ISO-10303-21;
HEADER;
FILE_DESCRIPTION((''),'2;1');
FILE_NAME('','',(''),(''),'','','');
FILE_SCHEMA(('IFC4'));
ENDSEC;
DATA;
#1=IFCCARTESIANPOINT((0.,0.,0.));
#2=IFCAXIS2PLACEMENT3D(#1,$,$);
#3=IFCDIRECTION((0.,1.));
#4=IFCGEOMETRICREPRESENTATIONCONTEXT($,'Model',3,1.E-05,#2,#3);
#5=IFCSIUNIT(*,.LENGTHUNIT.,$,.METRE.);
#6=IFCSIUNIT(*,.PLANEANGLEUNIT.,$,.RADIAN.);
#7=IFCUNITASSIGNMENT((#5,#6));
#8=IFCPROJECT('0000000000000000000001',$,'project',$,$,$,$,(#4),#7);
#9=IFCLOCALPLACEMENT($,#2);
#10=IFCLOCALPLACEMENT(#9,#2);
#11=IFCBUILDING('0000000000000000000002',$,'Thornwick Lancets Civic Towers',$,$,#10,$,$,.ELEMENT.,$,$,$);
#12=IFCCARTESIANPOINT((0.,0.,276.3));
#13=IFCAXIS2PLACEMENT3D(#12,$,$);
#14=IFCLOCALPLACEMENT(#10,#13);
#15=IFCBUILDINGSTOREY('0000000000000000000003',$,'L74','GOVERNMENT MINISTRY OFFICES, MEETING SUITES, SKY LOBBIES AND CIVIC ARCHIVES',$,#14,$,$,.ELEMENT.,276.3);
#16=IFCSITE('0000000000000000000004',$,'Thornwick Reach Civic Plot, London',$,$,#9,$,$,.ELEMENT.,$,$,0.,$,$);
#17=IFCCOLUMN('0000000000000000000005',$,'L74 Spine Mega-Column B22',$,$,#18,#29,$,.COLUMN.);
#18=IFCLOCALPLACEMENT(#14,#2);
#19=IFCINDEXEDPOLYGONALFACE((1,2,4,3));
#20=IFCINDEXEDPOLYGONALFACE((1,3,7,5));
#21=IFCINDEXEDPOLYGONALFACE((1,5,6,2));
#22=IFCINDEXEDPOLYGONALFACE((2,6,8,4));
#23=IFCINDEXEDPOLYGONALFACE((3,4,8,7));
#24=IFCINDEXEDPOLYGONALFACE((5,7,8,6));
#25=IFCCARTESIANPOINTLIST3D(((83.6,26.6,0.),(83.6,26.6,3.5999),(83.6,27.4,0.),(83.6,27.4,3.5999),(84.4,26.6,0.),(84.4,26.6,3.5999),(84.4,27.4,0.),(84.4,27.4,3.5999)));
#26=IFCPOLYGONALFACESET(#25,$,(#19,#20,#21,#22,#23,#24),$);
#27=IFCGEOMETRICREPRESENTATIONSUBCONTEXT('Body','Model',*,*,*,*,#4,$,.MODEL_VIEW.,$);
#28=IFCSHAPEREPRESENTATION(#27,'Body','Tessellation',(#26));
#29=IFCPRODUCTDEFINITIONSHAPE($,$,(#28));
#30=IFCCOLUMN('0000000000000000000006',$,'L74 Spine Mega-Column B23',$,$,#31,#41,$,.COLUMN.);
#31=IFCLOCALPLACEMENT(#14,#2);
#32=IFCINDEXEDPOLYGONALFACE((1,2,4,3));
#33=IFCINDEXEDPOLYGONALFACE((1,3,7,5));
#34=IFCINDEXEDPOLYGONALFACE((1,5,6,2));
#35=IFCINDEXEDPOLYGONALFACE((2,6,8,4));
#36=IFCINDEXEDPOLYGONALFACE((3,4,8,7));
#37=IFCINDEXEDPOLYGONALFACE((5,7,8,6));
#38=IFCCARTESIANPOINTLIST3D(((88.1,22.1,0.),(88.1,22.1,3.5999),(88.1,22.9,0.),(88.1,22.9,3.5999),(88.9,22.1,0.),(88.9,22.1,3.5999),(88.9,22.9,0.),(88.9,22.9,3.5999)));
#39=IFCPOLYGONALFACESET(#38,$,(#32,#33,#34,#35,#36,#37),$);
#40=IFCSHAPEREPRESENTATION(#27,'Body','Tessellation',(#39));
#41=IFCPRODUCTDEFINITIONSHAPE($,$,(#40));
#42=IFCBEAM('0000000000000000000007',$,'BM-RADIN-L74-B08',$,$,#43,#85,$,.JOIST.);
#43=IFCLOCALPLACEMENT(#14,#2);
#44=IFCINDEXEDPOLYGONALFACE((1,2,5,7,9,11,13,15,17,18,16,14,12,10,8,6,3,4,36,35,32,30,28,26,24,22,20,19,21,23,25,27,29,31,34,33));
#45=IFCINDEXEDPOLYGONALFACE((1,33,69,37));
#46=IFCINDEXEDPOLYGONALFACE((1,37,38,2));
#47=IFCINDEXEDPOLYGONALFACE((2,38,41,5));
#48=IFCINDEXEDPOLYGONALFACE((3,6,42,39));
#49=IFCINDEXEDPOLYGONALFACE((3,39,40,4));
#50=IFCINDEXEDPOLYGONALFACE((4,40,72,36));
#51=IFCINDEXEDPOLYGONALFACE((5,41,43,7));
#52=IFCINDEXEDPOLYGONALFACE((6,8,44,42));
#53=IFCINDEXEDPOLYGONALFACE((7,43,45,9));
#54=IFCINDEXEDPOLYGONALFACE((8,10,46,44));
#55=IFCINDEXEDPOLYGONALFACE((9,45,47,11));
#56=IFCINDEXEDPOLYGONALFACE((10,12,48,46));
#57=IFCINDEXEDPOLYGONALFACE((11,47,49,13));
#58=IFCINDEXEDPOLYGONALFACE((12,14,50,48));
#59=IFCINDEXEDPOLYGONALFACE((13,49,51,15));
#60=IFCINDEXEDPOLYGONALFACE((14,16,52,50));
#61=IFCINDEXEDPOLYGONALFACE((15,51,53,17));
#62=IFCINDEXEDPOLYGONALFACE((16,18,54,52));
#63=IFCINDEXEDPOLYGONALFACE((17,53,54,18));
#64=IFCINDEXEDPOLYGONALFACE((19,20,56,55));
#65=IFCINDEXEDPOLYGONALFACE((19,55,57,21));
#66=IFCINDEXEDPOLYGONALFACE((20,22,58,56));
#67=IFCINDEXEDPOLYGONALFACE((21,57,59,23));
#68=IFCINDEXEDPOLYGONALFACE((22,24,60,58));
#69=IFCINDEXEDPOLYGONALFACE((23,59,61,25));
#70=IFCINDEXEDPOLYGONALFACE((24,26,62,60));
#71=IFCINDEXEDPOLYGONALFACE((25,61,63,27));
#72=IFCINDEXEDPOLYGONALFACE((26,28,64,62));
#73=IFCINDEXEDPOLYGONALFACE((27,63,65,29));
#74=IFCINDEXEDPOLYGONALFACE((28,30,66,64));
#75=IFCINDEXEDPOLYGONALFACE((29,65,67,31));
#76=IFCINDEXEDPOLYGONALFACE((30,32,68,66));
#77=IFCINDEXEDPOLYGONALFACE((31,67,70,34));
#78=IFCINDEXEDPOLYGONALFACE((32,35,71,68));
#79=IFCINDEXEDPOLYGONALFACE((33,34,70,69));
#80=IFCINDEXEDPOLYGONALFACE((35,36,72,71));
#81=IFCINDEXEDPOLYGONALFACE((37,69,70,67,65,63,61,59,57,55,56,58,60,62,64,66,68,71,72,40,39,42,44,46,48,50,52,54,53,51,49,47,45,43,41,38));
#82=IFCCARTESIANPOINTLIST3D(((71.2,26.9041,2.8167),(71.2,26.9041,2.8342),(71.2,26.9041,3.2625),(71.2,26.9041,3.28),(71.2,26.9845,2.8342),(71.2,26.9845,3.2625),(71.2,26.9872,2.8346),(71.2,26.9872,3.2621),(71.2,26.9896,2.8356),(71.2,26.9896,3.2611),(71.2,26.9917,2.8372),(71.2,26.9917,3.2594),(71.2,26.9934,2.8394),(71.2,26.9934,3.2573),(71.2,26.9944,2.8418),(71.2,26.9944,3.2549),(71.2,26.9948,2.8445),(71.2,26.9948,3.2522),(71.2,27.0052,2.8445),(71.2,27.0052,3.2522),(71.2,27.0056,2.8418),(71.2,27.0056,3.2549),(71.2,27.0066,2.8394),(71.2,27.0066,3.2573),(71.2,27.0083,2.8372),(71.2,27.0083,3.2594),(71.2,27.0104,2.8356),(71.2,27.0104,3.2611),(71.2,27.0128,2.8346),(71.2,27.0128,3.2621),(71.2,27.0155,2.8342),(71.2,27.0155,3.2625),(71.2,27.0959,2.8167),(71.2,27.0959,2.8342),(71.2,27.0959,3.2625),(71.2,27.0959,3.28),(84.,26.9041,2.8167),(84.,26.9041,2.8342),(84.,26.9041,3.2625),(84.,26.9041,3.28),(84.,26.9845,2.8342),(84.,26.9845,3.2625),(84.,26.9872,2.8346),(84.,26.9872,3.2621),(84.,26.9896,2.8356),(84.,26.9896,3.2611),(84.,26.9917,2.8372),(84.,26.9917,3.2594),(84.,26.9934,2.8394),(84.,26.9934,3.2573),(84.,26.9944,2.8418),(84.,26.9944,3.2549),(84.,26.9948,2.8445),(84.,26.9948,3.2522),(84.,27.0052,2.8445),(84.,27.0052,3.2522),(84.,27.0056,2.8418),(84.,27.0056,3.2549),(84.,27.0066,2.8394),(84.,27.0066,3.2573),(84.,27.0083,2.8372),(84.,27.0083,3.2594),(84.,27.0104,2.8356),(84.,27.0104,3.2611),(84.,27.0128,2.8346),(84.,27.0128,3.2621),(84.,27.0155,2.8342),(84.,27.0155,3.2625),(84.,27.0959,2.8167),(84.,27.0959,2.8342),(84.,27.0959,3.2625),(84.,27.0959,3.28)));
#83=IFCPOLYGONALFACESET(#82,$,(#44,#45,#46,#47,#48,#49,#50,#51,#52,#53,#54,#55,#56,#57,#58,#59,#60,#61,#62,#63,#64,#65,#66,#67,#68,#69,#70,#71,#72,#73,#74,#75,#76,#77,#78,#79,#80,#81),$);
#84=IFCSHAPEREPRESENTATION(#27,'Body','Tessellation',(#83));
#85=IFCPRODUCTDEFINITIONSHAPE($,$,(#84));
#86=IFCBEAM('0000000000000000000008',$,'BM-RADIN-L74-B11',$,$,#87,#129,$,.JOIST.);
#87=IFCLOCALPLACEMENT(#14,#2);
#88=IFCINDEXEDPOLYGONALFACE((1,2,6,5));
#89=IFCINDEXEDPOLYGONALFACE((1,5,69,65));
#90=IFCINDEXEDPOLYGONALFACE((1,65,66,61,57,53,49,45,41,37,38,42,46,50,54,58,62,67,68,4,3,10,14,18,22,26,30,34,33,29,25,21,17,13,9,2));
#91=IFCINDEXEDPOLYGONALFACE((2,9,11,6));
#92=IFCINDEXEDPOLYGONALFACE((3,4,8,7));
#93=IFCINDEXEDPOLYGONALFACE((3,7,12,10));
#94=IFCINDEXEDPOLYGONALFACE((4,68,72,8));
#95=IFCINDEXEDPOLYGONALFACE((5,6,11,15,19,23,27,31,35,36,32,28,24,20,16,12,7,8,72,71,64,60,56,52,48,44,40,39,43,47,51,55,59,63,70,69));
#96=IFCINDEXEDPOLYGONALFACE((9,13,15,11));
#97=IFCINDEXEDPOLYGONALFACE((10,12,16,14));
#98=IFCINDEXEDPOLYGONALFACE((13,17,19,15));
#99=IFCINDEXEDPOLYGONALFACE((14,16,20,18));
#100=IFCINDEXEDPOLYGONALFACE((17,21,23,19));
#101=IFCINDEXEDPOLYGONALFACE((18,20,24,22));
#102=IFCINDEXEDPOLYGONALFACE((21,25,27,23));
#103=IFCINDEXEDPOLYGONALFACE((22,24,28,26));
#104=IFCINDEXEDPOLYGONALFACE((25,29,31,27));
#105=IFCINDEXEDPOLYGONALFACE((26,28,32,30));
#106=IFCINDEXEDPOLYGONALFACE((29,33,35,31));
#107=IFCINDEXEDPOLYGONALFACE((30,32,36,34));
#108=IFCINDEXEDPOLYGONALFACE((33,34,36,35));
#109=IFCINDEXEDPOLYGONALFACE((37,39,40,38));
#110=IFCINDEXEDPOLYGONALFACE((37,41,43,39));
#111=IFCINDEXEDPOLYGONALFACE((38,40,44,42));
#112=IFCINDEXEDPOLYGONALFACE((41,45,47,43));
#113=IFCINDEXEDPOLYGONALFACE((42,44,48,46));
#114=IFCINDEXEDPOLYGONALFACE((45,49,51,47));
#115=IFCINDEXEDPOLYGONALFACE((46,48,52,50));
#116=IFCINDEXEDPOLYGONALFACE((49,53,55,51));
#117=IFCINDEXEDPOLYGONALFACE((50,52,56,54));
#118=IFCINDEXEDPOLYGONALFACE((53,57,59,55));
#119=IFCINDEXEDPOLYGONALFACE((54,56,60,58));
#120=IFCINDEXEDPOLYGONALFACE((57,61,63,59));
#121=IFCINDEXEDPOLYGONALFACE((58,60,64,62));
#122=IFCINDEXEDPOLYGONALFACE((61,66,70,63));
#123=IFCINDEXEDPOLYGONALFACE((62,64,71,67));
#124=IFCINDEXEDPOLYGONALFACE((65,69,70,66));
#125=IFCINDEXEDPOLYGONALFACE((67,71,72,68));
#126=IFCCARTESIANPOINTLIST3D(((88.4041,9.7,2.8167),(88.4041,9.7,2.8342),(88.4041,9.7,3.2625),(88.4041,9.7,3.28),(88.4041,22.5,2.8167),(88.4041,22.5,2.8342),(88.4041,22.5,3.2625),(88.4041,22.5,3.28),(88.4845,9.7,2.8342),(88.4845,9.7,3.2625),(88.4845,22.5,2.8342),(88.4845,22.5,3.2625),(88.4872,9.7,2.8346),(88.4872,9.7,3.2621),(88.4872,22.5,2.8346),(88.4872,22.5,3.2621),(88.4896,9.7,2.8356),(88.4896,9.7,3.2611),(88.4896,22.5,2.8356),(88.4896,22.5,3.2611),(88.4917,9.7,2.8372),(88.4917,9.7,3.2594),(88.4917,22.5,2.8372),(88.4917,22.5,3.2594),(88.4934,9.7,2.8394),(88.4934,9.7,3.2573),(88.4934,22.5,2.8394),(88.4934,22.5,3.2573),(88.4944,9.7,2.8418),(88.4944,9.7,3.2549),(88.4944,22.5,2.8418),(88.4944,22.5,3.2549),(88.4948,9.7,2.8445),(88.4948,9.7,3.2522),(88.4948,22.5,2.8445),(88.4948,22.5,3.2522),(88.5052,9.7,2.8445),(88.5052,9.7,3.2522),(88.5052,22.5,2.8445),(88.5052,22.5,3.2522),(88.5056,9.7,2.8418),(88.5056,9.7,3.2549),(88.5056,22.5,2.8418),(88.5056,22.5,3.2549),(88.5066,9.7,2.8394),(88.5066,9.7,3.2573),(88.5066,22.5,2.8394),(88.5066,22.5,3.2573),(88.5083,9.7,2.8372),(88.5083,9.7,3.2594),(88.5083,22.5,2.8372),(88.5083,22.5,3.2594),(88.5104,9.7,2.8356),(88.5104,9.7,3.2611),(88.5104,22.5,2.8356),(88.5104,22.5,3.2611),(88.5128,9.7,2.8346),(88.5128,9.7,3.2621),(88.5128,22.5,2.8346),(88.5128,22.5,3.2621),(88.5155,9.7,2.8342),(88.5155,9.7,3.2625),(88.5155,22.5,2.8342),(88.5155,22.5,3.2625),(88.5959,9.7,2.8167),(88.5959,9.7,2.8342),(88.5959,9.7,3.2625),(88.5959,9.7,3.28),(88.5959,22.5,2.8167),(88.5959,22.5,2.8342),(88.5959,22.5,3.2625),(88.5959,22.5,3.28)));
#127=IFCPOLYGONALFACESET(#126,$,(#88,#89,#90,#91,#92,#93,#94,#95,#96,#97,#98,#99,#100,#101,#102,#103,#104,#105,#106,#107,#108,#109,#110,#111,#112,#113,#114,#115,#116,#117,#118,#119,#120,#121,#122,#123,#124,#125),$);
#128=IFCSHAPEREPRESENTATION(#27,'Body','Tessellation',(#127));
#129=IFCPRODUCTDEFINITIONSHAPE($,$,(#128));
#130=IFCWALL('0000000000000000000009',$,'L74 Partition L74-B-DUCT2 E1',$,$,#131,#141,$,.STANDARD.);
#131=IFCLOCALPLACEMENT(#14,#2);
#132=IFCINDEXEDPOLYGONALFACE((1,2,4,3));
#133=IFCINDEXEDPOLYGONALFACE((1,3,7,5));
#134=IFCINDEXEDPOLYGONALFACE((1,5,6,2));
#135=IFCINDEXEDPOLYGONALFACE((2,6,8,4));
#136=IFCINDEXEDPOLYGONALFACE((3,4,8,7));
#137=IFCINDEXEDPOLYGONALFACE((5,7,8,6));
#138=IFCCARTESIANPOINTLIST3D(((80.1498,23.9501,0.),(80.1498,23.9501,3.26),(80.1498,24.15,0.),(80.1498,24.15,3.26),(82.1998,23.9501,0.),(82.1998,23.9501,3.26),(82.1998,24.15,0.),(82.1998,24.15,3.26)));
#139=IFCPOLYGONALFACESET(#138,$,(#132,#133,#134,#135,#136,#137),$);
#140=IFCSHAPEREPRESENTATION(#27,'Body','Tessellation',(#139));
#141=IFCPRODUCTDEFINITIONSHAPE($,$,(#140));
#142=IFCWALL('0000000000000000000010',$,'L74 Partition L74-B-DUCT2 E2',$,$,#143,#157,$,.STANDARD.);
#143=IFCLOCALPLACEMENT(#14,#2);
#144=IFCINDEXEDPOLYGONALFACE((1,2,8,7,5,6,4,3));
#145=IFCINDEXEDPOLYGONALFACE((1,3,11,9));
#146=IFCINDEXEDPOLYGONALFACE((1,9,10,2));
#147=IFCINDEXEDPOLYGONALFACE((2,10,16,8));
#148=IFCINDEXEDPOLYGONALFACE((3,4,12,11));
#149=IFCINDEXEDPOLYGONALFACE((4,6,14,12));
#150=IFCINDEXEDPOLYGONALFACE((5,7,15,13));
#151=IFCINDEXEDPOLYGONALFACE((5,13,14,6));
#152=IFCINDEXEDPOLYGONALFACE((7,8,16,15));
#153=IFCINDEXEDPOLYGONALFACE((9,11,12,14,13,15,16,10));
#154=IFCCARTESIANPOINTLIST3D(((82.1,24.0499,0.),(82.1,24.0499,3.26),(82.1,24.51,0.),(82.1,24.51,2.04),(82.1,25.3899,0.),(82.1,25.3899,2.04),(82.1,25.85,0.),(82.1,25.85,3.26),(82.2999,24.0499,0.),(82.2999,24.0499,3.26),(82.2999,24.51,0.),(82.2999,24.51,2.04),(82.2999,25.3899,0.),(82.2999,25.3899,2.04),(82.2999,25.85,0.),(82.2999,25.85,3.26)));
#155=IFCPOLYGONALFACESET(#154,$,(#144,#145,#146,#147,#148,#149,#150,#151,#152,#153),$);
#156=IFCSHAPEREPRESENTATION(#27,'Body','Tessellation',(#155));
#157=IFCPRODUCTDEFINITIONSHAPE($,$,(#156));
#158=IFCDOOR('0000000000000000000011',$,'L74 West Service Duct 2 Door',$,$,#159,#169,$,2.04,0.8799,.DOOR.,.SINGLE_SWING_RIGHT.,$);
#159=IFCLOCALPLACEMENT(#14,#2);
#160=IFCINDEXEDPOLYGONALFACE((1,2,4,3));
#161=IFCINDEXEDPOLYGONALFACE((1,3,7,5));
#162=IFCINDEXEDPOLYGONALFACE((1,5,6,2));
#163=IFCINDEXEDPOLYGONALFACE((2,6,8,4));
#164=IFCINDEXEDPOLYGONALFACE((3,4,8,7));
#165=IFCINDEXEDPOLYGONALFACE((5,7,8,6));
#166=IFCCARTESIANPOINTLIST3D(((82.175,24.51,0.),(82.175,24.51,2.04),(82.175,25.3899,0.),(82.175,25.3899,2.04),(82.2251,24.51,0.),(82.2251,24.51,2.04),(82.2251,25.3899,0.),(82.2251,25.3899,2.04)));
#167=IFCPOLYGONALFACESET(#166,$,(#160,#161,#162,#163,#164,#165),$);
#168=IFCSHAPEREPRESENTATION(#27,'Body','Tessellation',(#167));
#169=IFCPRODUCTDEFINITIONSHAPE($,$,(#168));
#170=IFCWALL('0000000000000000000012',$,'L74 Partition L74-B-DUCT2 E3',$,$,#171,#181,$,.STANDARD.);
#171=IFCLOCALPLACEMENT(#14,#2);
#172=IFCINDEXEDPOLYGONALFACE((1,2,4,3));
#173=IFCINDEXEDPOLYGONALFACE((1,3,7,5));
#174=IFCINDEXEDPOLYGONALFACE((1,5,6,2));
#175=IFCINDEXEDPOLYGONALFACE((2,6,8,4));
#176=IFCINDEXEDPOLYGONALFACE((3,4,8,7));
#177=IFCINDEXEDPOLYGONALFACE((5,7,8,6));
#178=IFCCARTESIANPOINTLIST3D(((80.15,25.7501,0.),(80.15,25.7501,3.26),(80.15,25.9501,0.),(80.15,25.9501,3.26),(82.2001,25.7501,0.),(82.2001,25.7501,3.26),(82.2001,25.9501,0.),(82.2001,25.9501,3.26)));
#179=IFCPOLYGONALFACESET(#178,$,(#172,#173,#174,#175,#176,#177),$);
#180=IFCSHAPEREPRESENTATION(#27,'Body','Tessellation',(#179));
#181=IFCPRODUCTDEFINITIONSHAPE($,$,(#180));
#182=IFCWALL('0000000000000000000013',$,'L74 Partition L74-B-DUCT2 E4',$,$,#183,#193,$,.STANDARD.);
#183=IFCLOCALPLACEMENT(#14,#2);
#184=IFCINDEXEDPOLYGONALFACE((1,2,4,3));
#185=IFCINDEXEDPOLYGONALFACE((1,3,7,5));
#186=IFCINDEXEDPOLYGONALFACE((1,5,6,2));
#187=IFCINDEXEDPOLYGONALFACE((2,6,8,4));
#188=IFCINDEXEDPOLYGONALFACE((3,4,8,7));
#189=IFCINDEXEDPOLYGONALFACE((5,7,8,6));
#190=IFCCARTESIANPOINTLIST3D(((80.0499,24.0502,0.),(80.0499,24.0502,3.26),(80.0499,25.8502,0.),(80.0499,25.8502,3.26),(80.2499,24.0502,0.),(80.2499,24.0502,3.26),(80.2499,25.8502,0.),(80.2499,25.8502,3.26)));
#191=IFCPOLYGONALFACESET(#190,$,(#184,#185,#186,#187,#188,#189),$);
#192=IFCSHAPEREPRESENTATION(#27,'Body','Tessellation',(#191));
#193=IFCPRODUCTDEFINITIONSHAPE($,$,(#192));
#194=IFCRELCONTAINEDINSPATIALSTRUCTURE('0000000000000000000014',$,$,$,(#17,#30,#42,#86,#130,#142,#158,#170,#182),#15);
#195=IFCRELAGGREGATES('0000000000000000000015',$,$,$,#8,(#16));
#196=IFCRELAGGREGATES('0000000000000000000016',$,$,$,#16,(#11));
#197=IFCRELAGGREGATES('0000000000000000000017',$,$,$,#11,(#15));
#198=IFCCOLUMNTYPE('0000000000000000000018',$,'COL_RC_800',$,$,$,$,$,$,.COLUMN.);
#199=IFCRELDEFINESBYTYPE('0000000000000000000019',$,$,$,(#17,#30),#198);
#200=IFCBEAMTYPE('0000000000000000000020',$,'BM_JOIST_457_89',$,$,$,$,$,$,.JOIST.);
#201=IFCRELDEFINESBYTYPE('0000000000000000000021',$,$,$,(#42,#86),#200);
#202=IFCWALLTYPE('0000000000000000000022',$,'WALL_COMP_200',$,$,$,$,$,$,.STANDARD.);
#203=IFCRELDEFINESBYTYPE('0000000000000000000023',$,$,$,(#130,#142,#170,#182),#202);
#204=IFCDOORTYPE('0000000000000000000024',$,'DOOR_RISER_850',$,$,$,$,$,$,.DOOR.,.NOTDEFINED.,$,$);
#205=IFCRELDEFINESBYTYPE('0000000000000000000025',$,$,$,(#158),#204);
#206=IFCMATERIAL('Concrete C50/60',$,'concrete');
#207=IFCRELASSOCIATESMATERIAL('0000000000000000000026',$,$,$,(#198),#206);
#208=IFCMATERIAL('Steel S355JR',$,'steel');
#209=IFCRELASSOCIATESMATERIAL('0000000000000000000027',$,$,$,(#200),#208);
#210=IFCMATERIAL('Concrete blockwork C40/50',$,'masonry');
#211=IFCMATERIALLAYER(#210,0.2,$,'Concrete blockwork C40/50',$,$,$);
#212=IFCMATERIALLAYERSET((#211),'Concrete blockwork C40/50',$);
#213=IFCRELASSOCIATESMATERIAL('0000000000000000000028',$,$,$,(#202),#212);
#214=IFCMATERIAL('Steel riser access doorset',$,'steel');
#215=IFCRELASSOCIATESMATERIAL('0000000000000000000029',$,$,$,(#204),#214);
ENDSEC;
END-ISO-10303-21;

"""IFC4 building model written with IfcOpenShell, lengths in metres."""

from ifc_helpers import new_model, si_unit, direction, frame, frame_2d, origin, origin_2d, place, context, subcontext, project, spatial, rectangle, i_section, extrude, material, layer, layer_set, material_profile, profile_set, type_object, element, fill, save


model = new_model("IFC4")

# Units and contexts
model_context = context("Model", 3, precision=1e-05, world=origin(), true_north=direction((0.0, 1.0)))
body_context = subcontext(model_context, "Body", "Model", "MODEL_VIEW")
ifc_project = project(units=[si_unit("LENGTHUNIT", "METRE"), si_unit("PLANEANGLEUNIT", "RADIAN")], contexts=[model_context])

# Site, building, storey
site_placement = place(None, origin())
site = spatial("IfcSite", under=ifc_project, at=site_placement, Name="Thornwick Reach Civic Plot, London", CompositionType="ELEMENT", RefElevation=0.0)
building_placement = place(site_placement, origin())
building = spatial("IfcBuilding", under=site, at=building_placement, Name="Thornwick Lancets Civic Towers", CompositionType="ELEMENT")
storey_placement = place(building_placement, frame((0.0, 0.0, 276.3)))
storey = spatial("IfcBuildingStorey", under=building, at=storey_placement, Name="L74", Description="GOVERNMENT MINISTRY OFFICES, MEETING SUITES, SKY LOBBIES AND CIVIC ARCHIVES", CompositionType="ELEMENT", Elevation=276.3)

# Columns
ifc_material_1 = material(Name="Concrete C50/60", Category="concrete")
ifc_material_profile_1 = material_profile(ifc_material_1, rectangle(XDim=0.8, YDim=0.8, at=origin_2d()), Name="RC 800x800")
ifc_profile_set_1 = profile_set([ifc_material_profile_1], Name="Concrete C50/60")
column_type = type_object("IfcColumnType", Name="COL_RC_800", PredefinedType="COLUMN", material=ifc_profile_set_1)
for number, where, z_axis, x_axis, name in (
    (1, (84.0, 27.0, 0.0), (0.0, 0.0, 1.0), (1.0, 0.0, 0.0), "L74 Spine Mega-Column B22"),
    (2, (88.5, 22.5, 0.0), (0.0, 0.0, 1.0), (1.0, 0.0, 0.0), "L74 Spine Mega-Column B23"),
):
    element("IfcColumn", number, at=place(storey_placement, frame(where, z_axis=z_axis, x_axis=x_axis)), inside=storey, type_object=column_type, Name=name, PredefinedType="COLUMN", context=body_context, shape_type="SweptSolid", body=[
        extrude(rectangle(XDim=0.8, YDim=0.8, at=origin_2d()), origin(), (0.0, 0.0, 1.0), 3.5999),
    ])

# Beams
ifc_material_2 = material(Name="Steel S355JR", Category="steel")
ifc_material_profile_2 = material_profile(ifc_material_2, i_section(OverallWidth=0.1919, OverallDepth=0.4634, WebThickness=0.0105, FlangeThickness=0.0176, FilletRadius=0.0103, at=origin_2d()), Name="UKB 457x191x89")
ifc_profile_set_2 = profile_set([ifc_material_profile_2], Name="Steel S355JR")
beam_type = type_object("IfcBeamType", Name="BM_JOIST_457_89", PredefinedType="JOIST", material=ifc_profile_set_2)
for number, where, z_axis, x_axis, name in (
    (3, (84.0, 27.0, 3.0483), (-1.0, 0.0, 0.0), (0.0, -1.0, 0.0), "BM-RADIN-L74-B08"),
    (4, (88.5, 22.5, 3.0483), (0.0, -1.0, 0.0), (1.0, 0.0, 0.0), "BM-RADIN-L74-B11"),
):
    element("IfcBeam", number, at=place(storey_placement, frame(where, z_axis=z_axis, x_axis=x_axis)), inside=storey, type_object=beam_type, Name=name, PredefinedType="JOIST", context=body_context, shape_type="SweptSolid", body=[
        extrude(i_section(OverallWidth=0.1919, OverallDepth=0.4634, WebThickness=0.0105, FlangeThickness=0.0176, FilletRadius=0.0103, at=origin_2d()), origin(), (0.0, 0.0, 1.0), 12.8),
    ])

# Wall
ifc_material_3 = material(Name="Concrete blockwork C40/50", Category="masonry")
ifc_layer_1 = layer(ifc_material_3, 0.2, Name="Concrete blockwork C40/50")
ifc_layer_set_1 = layer_set([ifc_layer_1], Name="Concrete blockwork C40/50")
wall_type_1 = type_object("IfcWallType", Name="WALL_COMP_200", PredefinedType="STANDARD", material=ifc_layer_set_1)
wall_1_placement = place(storey_placement, frame((80.1499, 24.05, 0.0), z_axis=(0.0, 0.0, 1.0), x_axis=(1.0, 0.0, 0.0)))
element("IfcWall", 5, at=wall_1_placement, inside=storey, type_object=wall_type_1, Name="L74 Partition L74-B-DUCT2 E1", PredefinedType="STANDARD", context=body_context, shape_type="SweptSolid", body=[
    extrude(rectangle(XDim=2.05, YDim=0.2, at=frame_2d((1.0249, 0.0))), origin(), (0.0, 0.0, 1.0), 3.26),
])

# Wall, opening, door
wall_2_placement = place(storey_placement, frame((82.2, 24.05, 0.0), z_axis=(0.0, 0.0, 1.0), x_axis=(0.0, 1.0, 0.0)))
wall_2 = element("IfcWall", 6, at=wall_2_placement, inside=storey, type_object=wall_type_1, Name="L74 Partition L74-B-DUCT2 E2", PredefinedType="STANDARD", context=body_context, shape_type="SweptSolid", body=[
    extrude(rectangle(XDim=1.8, YDim=0.2, at=frame_2d((0.8999, 0.0))), origin(), (0.0, 0.0, 1.0), 3.26),
])
opening_1_placement = place(wall_2_placement, frame((0.46, 0.0, 0.0)))
opening_1 = element("IfcOpeningElement", 7, at=opening_1_placement, cuts=wall_2, PredefinedType="OPENING", context=body_context, shape_type="SweptSolid", body=[
    extrude(rectangle(XDim=0.8799, YDim=2.04, at=frame_2d((0.4399, 1.02))), frame((0.0, 0.1099, 0.0), z_axis=(0.0, -1.0, 0.0), x_axis=(1.0, 0.0, 0.0)), (0.0, 0.0, 1.0), 0.22),
])
ifc_material_4 = material(Name="Steel riser access doorset", Category="steel")
door_type_1 = type_object("IfcDoorType", Name="DOOR_RISER_850", OperationType="NOTDEFINED", PredefinedType="DOOR", material=ifc_material_4)
door_1_placement = place(opening_1_placement, origin())
door_1 = element("IfcDoor", 8, at=door_1_placement, inside=storey, type_object=door_type_1, Name="L74 West Service Duct 2 Door", OperationType="SINGLE_SWING_RIGHT", OverallHeight=2.04, OverallWidth=0.8799, PredefinedType="DOOR", context=body_context, shape_type="SweptSolid", body=[
    extrude(rectangle(XDim=0.8799, YDim=2.04, at=frame_2d((0.4399, 1.02))), frame((0.0, 0.0249, 0.0), z_axis=(0.0, -1.0, 0.0), x_axis=(1.0, 0.0, 0.0)), (0.0, 0.0, 1.0), 0.05),
])
fill(opening_1, door_1)

# Walls
wall_3_placement = place(storey_placement, frame((82.2, 25.8501, 0.0), z_axis=(0.0, 0.0, 1.0), x_axis=(-1.0, 0.0, 0.0)))
element("IfcWall", 9, at=wall_3_placement, inside=storey, type_object=wall_type_1, Name="L74 Partition L74-B-DUCT2 E3", PredefinedType="STANDARD", context=body_context, shape_type="SweptSolid", body=[
    extrude(rectangle(XDim=2.05, YDim=0.2, at=frame_2d((1.0249, 0.0))), origin(), (0.0, 0.0, 1.0), 3.26),
])
wall_4_placement = place(storey_placement, frame((80.1499, 25.8501, 0.0), z_axis=(0.0, 0.0, 1.0), x_axis=(0.0, -1.0, 0.0)))
element("IfcWall", 10, at=wall_4_placement, inside=storey, type_object=wall_type_1, Name="L74 Partition L74-B-DUCT2 E4", PredefinedType="STANDARD", context=body_context, shape_type="SweptSolid", body=[
    extrude(rectangle(XDim=1.8, YDim=0.2, at=frame_2d((0.8999, 0.0))), origin(), (0.0, 0.0, 1.0), 3.26),
])

save(model, "model.ifc")
